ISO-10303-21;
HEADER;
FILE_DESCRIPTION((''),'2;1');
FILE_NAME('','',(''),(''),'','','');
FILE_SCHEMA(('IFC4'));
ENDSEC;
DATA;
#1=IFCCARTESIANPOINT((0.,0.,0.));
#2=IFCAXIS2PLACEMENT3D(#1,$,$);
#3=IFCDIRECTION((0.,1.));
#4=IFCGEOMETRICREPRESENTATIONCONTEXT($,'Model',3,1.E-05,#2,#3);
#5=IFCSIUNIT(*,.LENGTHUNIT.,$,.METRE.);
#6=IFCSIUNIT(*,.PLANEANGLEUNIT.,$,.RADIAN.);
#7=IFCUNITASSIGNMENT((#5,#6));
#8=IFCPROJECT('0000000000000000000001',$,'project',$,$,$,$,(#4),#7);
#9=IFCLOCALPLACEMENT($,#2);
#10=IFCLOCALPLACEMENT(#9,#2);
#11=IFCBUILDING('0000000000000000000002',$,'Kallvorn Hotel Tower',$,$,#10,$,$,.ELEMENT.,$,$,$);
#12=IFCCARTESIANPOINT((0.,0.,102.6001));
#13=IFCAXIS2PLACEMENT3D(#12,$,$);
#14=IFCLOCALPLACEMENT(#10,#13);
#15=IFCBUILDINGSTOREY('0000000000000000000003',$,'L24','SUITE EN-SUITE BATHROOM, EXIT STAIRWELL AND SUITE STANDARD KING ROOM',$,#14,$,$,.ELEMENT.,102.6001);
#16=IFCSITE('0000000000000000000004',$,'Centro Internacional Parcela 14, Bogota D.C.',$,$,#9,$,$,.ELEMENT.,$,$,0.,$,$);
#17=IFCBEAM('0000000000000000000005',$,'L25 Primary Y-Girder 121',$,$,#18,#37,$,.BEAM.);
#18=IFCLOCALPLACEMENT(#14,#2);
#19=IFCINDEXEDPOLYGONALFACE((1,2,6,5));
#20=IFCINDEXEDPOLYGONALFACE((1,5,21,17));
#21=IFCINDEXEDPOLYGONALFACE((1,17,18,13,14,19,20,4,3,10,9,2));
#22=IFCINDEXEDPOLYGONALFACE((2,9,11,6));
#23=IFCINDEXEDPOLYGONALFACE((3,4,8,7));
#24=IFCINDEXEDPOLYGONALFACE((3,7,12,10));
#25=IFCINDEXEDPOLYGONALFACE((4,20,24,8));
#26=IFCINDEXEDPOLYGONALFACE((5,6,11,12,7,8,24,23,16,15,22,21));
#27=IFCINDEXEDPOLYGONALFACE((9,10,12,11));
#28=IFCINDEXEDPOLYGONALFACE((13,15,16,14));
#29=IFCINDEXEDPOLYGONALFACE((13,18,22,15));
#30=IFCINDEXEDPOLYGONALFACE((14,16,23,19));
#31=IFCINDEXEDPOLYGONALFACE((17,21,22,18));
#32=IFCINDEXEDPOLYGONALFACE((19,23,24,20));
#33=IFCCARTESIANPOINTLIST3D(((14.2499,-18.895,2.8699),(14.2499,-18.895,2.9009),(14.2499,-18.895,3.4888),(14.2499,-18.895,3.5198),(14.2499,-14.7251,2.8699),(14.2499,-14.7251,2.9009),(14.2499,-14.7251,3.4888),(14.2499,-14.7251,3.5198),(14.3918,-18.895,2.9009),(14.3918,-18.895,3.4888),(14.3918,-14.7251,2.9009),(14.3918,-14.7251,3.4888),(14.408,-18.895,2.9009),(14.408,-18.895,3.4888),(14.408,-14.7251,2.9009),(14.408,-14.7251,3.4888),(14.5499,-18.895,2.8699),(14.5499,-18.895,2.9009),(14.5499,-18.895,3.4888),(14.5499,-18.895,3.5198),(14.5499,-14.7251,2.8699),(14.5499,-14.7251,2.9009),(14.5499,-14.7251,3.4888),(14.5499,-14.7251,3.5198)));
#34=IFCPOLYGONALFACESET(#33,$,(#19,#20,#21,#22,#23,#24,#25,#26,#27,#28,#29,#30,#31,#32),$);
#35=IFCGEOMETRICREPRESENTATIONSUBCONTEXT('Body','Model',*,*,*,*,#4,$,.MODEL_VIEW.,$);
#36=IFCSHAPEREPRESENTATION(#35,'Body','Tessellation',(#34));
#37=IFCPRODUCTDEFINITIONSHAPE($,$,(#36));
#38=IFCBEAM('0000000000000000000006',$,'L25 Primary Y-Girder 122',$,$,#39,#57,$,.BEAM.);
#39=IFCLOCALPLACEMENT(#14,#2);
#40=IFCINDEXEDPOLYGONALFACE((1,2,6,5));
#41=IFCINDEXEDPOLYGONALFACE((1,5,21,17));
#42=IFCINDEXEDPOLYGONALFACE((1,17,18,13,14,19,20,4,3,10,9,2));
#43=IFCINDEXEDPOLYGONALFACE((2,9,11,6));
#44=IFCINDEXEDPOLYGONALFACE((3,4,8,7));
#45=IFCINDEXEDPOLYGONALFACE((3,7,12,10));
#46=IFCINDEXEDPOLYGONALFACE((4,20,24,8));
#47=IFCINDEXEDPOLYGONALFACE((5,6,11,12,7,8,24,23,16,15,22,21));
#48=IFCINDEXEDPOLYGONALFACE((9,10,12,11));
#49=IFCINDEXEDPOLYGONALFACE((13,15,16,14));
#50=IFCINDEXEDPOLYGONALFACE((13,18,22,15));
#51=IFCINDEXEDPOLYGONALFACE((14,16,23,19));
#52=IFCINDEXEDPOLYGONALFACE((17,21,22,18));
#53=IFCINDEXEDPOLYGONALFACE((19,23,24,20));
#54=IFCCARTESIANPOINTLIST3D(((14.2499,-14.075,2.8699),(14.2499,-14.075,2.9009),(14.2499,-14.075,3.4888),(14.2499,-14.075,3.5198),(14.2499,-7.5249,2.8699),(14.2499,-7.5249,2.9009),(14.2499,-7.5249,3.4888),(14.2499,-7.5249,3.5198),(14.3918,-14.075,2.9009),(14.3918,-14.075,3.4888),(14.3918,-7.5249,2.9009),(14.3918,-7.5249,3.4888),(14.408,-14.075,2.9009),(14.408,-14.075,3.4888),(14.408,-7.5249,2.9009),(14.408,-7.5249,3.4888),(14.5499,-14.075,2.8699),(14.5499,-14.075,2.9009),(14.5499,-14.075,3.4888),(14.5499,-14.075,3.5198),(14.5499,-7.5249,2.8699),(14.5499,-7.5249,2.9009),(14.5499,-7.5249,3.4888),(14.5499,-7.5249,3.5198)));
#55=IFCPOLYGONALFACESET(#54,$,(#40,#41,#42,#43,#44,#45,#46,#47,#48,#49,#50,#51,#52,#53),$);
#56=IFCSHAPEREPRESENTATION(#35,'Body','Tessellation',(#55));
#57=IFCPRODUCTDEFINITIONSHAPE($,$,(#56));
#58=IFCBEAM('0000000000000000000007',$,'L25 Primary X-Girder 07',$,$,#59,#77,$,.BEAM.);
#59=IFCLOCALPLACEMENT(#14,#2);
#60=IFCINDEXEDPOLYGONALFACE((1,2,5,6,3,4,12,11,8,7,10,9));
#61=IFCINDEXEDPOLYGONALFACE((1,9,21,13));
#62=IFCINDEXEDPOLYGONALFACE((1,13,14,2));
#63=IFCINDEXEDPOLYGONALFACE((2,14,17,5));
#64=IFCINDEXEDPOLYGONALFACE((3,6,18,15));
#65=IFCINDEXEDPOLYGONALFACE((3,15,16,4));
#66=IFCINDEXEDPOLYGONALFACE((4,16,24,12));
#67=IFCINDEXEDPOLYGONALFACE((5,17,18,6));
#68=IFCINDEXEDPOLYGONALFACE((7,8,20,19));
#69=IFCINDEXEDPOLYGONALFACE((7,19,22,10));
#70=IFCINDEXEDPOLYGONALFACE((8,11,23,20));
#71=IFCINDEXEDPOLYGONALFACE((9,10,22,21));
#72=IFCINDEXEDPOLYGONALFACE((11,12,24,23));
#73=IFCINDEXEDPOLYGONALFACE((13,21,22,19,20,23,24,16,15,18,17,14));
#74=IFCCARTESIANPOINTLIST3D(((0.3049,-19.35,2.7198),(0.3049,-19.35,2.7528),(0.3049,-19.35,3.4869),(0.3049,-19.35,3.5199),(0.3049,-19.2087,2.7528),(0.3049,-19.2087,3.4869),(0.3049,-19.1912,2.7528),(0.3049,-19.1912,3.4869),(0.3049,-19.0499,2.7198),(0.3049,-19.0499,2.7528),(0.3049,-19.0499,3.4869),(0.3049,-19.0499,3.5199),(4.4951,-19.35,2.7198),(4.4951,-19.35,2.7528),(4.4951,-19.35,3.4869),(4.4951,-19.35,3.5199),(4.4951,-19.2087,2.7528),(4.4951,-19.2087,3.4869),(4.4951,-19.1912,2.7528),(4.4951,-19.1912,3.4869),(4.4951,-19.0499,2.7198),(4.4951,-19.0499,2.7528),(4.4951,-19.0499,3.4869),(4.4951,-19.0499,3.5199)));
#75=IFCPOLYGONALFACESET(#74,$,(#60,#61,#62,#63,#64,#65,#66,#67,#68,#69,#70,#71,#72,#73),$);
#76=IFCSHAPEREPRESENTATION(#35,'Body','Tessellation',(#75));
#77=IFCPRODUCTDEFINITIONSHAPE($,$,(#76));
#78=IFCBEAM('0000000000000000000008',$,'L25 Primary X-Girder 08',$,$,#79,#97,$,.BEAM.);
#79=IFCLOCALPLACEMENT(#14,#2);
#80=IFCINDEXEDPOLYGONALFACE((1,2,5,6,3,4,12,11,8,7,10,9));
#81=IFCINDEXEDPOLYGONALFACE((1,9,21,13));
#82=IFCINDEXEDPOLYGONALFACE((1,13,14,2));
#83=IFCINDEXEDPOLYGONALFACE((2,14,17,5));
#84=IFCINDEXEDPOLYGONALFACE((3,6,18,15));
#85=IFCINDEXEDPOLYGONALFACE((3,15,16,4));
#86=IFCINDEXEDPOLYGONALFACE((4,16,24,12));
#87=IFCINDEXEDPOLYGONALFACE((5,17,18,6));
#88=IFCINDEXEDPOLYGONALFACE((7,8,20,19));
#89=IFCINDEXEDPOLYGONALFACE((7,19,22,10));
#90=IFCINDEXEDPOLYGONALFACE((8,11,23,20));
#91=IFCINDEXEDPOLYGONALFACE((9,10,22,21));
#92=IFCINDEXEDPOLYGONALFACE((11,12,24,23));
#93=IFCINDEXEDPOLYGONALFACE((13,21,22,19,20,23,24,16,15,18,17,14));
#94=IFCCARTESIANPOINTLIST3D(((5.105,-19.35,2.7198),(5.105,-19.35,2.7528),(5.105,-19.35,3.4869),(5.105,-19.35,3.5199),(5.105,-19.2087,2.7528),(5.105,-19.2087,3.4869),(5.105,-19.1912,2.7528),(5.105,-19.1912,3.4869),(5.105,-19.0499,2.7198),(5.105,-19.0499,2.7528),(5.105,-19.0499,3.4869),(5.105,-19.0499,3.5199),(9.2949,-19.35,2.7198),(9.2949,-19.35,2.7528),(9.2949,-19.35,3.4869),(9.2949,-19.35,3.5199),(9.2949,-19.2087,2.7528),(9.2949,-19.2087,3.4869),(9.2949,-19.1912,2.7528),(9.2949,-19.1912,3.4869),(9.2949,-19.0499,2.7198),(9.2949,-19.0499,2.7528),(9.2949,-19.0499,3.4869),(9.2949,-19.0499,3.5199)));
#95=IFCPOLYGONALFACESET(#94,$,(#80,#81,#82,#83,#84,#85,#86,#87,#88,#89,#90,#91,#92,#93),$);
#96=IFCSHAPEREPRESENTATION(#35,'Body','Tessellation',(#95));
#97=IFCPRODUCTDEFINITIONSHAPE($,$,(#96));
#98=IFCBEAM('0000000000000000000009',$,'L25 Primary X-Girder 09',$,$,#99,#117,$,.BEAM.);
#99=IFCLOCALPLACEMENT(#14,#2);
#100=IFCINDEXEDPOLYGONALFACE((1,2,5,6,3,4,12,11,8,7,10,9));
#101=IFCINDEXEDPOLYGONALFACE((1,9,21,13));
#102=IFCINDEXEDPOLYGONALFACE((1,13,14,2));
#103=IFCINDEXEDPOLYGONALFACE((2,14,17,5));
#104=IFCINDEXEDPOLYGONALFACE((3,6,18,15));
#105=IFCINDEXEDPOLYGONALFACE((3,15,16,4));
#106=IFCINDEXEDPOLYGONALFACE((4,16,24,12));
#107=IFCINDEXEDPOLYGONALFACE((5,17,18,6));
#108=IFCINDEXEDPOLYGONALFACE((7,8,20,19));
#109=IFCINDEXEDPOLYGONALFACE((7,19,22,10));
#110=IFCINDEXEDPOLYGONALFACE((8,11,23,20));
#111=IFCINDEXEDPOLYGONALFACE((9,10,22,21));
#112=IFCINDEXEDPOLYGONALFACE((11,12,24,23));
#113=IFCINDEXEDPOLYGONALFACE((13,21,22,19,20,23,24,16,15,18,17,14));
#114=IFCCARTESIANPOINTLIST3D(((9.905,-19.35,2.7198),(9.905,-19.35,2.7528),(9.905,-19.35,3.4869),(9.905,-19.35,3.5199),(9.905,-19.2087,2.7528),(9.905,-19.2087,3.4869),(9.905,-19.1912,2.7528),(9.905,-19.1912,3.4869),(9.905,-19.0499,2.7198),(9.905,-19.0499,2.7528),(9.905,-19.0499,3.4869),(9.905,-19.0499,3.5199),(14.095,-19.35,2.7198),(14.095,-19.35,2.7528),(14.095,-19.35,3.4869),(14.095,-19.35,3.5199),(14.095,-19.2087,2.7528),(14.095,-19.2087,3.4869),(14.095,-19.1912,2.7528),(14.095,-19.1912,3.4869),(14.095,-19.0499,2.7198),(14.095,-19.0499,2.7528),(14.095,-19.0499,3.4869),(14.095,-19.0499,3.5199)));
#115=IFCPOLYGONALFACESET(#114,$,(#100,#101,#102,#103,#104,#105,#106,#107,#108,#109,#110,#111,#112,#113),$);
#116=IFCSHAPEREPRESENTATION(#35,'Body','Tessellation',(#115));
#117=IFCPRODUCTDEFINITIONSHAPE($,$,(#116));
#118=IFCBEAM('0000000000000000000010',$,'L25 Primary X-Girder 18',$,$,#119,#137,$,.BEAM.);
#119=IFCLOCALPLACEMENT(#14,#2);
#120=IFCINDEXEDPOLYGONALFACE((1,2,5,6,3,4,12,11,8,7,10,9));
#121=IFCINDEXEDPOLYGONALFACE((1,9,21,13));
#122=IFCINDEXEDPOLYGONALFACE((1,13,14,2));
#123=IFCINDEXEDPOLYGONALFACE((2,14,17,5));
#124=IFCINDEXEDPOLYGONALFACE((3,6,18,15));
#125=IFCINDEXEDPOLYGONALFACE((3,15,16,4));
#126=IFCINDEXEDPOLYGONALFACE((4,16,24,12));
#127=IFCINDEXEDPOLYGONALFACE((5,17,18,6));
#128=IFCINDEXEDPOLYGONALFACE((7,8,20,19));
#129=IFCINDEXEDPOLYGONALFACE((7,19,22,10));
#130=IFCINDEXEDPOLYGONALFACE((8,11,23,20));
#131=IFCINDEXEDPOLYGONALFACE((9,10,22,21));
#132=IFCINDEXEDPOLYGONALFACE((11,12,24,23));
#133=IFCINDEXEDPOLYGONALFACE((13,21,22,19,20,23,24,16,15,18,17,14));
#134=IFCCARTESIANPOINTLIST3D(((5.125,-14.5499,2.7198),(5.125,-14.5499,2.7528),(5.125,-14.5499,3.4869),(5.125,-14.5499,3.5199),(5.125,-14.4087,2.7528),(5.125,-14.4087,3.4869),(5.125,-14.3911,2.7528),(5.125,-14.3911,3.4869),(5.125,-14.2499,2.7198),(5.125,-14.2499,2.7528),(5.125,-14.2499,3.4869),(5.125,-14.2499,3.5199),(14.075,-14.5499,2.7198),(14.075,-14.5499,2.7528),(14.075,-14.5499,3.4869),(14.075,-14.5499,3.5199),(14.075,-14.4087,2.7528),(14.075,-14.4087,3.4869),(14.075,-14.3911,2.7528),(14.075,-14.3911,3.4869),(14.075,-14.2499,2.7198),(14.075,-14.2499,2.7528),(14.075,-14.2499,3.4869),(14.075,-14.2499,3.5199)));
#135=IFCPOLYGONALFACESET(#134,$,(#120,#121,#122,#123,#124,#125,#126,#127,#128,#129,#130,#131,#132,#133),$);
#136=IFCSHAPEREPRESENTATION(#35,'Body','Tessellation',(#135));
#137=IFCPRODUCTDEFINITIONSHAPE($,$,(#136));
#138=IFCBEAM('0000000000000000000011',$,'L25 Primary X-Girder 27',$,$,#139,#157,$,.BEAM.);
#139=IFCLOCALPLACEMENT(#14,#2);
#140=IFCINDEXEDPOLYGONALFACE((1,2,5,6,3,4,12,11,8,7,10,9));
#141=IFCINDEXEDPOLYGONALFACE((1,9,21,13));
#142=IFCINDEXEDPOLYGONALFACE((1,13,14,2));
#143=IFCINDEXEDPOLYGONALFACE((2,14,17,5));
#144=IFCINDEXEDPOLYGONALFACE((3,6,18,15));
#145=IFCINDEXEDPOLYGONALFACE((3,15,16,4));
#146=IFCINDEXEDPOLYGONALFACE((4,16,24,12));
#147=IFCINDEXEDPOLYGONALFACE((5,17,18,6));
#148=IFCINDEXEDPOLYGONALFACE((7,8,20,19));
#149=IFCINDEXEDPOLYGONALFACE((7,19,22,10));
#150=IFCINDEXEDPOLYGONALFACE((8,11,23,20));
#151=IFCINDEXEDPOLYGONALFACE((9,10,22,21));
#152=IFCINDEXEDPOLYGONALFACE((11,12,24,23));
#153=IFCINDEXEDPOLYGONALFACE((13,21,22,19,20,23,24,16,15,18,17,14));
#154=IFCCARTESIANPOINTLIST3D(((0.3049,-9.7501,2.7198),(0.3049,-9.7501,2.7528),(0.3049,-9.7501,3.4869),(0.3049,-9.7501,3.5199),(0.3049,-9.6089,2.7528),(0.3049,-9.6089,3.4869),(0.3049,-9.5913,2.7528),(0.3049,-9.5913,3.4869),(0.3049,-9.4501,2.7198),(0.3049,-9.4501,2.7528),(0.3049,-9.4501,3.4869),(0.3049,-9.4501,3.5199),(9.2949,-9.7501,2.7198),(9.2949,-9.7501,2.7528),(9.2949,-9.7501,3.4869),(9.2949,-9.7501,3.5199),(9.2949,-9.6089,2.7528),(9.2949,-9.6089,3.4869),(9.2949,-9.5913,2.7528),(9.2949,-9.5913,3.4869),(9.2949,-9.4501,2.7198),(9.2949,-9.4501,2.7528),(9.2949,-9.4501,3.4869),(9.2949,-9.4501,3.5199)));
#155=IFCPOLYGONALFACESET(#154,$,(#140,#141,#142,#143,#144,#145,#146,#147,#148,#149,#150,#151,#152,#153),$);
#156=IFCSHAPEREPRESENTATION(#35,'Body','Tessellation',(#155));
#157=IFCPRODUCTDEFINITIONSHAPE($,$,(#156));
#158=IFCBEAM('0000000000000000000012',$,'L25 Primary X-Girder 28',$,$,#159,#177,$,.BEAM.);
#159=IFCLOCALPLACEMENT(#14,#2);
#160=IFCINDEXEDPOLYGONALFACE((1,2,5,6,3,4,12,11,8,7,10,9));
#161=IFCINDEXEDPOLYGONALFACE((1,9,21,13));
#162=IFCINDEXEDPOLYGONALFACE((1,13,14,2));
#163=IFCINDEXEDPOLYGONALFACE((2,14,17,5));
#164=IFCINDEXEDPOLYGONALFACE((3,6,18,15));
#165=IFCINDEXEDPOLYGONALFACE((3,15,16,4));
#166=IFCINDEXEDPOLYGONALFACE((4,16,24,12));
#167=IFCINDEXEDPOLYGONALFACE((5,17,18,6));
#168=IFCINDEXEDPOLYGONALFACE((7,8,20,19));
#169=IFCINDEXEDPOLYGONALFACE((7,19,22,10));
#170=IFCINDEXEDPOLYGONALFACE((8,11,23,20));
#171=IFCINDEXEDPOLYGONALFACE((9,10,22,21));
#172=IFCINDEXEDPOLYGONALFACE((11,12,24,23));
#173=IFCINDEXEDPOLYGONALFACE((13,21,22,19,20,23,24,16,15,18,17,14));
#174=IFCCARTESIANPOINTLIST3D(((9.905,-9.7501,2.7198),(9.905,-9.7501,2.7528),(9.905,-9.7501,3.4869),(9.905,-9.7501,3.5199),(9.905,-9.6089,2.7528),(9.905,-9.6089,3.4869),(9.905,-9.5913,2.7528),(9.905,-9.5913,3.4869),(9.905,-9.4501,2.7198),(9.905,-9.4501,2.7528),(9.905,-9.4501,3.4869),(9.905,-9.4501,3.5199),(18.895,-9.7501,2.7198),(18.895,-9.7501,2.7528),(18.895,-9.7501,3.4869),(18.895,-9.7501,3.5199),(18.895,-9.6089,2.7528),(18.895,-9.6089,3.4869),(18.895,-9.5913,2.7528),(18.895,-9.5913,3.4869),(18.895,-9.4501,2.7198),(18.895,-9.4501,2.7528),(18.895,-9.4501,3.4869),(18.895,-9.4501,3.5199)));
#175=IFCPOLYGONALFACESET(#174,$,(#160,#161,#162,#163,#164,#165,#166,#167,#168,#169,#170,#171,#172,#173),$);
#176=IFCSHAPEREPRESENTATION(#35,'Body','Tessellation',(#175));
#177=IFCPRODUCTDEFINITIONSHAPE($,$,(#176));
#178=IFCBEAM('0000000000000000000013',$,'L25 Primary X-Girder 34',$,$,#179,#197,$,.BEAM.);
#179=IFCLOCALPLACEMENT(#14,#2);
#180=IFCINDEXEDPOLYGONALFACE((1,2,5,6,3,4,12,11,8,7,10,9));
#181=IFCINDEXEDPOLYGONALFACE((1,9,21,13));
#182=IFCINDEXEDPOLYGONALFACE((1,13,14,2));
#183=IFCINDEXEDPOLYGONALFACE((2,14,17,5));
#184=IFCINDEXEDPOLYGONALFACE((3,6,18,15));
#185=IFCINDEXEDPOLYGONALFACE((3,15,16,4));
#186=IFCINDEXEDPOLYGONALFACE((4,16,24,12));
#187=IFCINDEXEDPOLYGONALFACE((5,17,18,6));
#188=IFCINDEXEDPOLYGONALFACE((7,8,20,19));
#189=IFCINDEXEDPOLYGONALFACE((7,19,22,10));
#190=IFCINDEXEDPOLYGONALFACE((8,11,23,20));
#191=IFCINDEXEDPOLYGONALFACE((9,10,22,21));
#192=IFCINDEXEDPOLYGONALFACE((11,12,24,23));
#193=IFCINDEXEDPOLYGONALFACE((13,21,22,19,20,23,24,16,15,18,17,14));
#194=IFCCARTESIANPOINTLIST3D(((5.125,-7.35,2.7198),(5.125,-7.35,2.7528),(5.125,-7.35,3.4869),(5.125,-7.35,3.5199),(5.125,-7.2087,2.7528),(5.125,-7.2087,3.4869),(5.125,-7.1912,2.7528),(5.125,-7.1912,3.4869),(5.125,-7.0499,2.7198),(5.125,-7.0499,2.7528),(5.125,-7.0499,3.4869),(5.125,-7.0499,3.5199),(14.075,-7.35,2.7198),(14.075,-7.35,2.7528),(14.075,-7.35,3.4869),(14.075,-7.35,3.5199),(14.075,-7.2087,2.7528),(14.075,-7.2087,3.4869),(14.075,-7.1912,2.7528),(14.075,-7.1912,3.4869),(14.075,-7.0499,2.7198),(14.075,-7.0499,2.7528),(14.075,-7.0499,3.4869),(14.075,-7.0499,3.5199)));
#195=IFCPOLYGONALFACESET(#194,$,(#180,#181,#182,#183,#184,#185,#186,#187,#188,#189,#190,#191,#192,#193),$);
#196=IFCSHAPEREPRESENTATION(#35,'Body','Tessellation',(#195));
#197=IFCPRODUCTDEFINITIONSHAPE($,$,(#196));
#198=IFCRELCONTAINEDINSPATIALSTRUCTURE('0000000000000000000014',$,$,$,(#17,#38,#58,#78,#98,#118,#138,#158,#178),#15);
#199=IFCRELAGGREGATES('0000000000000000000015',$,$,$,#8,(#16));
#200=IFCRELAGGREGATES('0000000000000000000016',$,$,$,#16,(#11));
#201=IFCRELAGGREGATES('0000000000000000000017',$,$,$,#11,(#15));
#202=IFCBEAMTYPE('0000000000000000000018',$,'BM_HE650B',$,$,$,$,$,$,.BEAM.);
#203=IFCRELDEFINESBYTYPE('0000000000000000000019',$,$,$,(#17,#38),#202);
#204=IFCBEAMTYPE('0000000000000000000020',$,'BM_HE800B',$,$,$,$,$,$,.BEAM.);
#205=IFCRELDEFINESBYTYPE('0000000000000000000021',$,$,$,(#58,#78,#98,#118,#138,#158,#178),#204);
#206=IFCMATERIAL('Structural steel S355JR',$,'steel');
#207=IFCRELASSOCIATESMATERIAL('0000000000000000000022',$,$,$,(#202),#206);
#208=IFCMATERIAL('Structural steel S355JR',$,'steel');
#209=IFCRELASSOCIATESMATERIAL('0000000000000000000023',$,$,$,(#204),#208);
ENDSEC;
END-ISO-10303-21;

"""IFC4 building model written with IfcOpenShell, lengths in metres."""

from ifc_helpers import new_model, si_unit, direction, frame, origin, origin_2d, place, context, subcontext, project, spatial, i_section, extrude, material, material_profile, profile_set, type_object, element, save


model = new_model("IFC4")

# Units and contexts
model_context = context("Model", 3, precision=1e-05, world=origin(), true_north=direction((0.0, 1.0)))
body_context = subcontext(model_context, "Body", "Model", "MODEL_VIEW")
ifc_project = project(units=[si_unit("LENGTHUNIT", "METRE"), si_unit("PLANEANGLEUNIT", "RADIAN")], contexts=[model_context])

# Site, building, storey
site_placement = place(None, origin())
site = spatial("IfcSite", under=ifc_project, at=site_placement, Name="Centro Internacional Parcela 14, Bogota D.C.", CompositionType="ELEMENT", RefElevation=0.0)
building_placement = place(site_placement, origin())
building = spatial("IfcBuilding", under=site, at=building_placement, Name="Kallvorn Hotel Tower", CompositionType="ELEMENT")
storey_placement = place(building_placement, frame((0.0, 0.0, 102.6001)))
storey = spatial("IfcBuildingStorey", under=building, at=storey_placement, Name="L24", Description="SUITE EN-SUITE BATHROOM, EXIT STAIRWELL AND SUITE STANDARD KING ROOM", CompositionType="ELEMENT", Elevation=102.6001)

# Beams
ifc_material_1 = material(Name="Structural steel S355JR", Category="steel")
ifc_material_profile_1 = material_profile(ifc_material_1, i_section(OverallWidth=0.3, OverallDepth=0.6499, WebThickness=0.0161, FlangeThickness=0.031, at=origin_2d()), Name="HE 650 B")
ifc_profile_set_1 = profile_set([ifc_material_profile_1], Name="Structural steel S355JR")
beam_type_1 = type_object("IfcBeamType", Name="BM_HE650B", PredefinedType="BEAM", material=ifc_profile_set_1)
beam_1_placement = place(storey_placement, frame((14.3999, -18.895, 3.1948), z_axis=(0.0, 1.0, 0.0), x_axis=(-1.0, 0.0, 0.0)))
element("IfcBeam", 1, at=beam_1_placement, inside=storey, type_object=beam_type_1, Name="L25 Primary Y-Girder 121", PredefinedType="BEAM", context=body_context, shape_type="SweptSolid", body=[
    extrude(i_section(OverallWidth=0.3, OverallDepth=0.6499, WebThickness=0.0161, FlangeThickness=0.031, at=origin_2d()), origin(), (0.0, 0.0, 1.0), 4.1699),
])
beam_2_placement = place(storey_placement, frame((14.3999, -14.075, 3.1948), z_axis=(0.0, 1.0, 0.0), x_axis=(-1.0, 0.0, 0.0)))
element("IfcBeam", 2, at=beam_2_placement, inside=storey, type_object=beam_type_1, Name="L25 Primary Y-Girder 122", PredefinedType="BEAM", context=body_context, shape_type="SweptSolid", body=[
    extrude(i_section(OverallWidth=0.3, OverallDepth=0.6499, WebThickness=0.0161, FlangeThickness=0.031, at=origin_2d()), origin(), (0.0, 0.0, 1.0), 6.55),
])
ifc_material_2 = material(Name="Structural steel S355JR", Category="steel")
ifc_material_profile_2 = material_profile(ifc_material_2, i_section(OverallWidth=0.3, OverallDepth=0.8, WebThickness=0.0176, FlangeThickness=0.033, at=origin_2d()), Name="HE 800 B")
ifc_profile_set_2 = profile_set([ifc_material_profile_2], Name="Structural steel S355JR")
beam_type_2 = type_object("IfcBeamType", Name="BM_HE800B", PredefinedType="BEAM", material=ifc_profile_set_2)
beam_3_placement = place(storey_placement, frame((0.3049, -19.2, 3.1199), z_axis=(1.0, 0.0, 0.0), x_axis=(0.0, 1.0, 0.0)))
element("IfcBeam", 3, at=beam_3_placement, inside=storey, type_object=beam_type_2, Name="L25 Primary X-Girder 07", PredefinedType="BEAM", context=body_context, shape_type="SweptSolid", body=[
    extrude(i_section(OverallWidth=0.3, OverallDepth=0.8, WebThickness=0.0176, FlangeThickness=0.033, at=origin_2d()), origin(), (0.0, 0.0, 1.0), 4.1902),
])
for number, where, z_axis, x_axis, name in (
    (4, (5.105, -19.2, 3.1199), (1.0, 0.0, 0.0), (0.0, 1.0, 0.0), "L25 Primary X-Girder 08"),
    (5, (9.905, -19.2, 3.1199), (1.0, 0.0, 0.0), (0.0, 1.0, 0.0), "L25 Primary X-Girder 09"),
):
    element("IfcBeam", number, at=place(storey_placement, frame(where, z_axis=z_axis, x_axis=x_axis)), inside=storey, type_object=beam_type_2, Name=name, PredefinedType="BEAM", context=body_context, shape_type="SweptSolid", body=[
        extrude(i_section(OverallWidth=0.3, OverallDepth=0.8, WebThickness=0.0176, FlangeThickness=0.033, at=origin_2d()), origin(), (0.0, 0.0, 1.0), 4.1899),
    ])
beam_4_placement = place(storey_placement, frame((5.125, -14.3999, 3.1199), z_axis=(1.0, 0.0, 0.0), x_axis=(0.0, 1.0, 0.0)))
element("IfcBeam", 6, at=beam_4_placement, inside=storey, type_object=beam_type_2, Name="L25 Primary X-Girder 18", PredefinedType="BEAM", context=body_context, shape_type="SweptSolid", body=[
    extrude(i_section(OverallWidth=0.3, OverallDepth=0.8, WebThickness=0.0176, FlangeThickness=0.033, at=origin_2d()), origin(), (0.0, 0.0, 1.0), 8.95),
])
for number, where, z_axis, x_axis, name in (
    (7, (0.3049, -9.6001, 3.1199), (1.0, 0.0, 0.0), (0.0, 1.0, 0.0), "L25 Primary X-Girder 27"),
    (8, (9.905, -9.6001, 3.1199), (1.0, 0.0, 0.0), (0.0, 1.0, 0.0), "L25 Primary X-Girder 28"),
):
    element("IfcBeam", number, at=place(storey_placement, frame(where, z_axis=z_axis, x_axis=x_axis)), inside=storey, type_object=beam_type_2, Name=name, PredefinedType="BEAM", context=body_context, shape_type="SweptSolid", body=[
        extrude(i_section(OverallWidth=0.3, OverallDepth=0.8, WebThickness=0.0176, FlangeThickness=0.033, at=origin_2d()), origin(), (0.0, 0.0, 1.0), 8.99),
    ])
beam_5_placement = place(storey_placement, frame((5.125, -7.2, 3.1199), z_axis=(1.0, 0.0, 0.0), x_axis=(0.0, 1.0, 0.0)))
element("IfcBeam", 9, at=beam_5_placement, inside=storey, type_object=beam_type_2, Name="L25 Primary X-Girder 34", PredefinedType="BEAM", context=body_context, shape_type="SweptSolid", body=[
    extrude(i_section(OverallWidth=0.3, OverallDepth=0.8, WebThickness=0.0176, FlangeThickness=0.033, at=origin_2d()), origin(), (0.0, 0.0, 1.0), 8.95),
])

save(model, "model.ifc")
